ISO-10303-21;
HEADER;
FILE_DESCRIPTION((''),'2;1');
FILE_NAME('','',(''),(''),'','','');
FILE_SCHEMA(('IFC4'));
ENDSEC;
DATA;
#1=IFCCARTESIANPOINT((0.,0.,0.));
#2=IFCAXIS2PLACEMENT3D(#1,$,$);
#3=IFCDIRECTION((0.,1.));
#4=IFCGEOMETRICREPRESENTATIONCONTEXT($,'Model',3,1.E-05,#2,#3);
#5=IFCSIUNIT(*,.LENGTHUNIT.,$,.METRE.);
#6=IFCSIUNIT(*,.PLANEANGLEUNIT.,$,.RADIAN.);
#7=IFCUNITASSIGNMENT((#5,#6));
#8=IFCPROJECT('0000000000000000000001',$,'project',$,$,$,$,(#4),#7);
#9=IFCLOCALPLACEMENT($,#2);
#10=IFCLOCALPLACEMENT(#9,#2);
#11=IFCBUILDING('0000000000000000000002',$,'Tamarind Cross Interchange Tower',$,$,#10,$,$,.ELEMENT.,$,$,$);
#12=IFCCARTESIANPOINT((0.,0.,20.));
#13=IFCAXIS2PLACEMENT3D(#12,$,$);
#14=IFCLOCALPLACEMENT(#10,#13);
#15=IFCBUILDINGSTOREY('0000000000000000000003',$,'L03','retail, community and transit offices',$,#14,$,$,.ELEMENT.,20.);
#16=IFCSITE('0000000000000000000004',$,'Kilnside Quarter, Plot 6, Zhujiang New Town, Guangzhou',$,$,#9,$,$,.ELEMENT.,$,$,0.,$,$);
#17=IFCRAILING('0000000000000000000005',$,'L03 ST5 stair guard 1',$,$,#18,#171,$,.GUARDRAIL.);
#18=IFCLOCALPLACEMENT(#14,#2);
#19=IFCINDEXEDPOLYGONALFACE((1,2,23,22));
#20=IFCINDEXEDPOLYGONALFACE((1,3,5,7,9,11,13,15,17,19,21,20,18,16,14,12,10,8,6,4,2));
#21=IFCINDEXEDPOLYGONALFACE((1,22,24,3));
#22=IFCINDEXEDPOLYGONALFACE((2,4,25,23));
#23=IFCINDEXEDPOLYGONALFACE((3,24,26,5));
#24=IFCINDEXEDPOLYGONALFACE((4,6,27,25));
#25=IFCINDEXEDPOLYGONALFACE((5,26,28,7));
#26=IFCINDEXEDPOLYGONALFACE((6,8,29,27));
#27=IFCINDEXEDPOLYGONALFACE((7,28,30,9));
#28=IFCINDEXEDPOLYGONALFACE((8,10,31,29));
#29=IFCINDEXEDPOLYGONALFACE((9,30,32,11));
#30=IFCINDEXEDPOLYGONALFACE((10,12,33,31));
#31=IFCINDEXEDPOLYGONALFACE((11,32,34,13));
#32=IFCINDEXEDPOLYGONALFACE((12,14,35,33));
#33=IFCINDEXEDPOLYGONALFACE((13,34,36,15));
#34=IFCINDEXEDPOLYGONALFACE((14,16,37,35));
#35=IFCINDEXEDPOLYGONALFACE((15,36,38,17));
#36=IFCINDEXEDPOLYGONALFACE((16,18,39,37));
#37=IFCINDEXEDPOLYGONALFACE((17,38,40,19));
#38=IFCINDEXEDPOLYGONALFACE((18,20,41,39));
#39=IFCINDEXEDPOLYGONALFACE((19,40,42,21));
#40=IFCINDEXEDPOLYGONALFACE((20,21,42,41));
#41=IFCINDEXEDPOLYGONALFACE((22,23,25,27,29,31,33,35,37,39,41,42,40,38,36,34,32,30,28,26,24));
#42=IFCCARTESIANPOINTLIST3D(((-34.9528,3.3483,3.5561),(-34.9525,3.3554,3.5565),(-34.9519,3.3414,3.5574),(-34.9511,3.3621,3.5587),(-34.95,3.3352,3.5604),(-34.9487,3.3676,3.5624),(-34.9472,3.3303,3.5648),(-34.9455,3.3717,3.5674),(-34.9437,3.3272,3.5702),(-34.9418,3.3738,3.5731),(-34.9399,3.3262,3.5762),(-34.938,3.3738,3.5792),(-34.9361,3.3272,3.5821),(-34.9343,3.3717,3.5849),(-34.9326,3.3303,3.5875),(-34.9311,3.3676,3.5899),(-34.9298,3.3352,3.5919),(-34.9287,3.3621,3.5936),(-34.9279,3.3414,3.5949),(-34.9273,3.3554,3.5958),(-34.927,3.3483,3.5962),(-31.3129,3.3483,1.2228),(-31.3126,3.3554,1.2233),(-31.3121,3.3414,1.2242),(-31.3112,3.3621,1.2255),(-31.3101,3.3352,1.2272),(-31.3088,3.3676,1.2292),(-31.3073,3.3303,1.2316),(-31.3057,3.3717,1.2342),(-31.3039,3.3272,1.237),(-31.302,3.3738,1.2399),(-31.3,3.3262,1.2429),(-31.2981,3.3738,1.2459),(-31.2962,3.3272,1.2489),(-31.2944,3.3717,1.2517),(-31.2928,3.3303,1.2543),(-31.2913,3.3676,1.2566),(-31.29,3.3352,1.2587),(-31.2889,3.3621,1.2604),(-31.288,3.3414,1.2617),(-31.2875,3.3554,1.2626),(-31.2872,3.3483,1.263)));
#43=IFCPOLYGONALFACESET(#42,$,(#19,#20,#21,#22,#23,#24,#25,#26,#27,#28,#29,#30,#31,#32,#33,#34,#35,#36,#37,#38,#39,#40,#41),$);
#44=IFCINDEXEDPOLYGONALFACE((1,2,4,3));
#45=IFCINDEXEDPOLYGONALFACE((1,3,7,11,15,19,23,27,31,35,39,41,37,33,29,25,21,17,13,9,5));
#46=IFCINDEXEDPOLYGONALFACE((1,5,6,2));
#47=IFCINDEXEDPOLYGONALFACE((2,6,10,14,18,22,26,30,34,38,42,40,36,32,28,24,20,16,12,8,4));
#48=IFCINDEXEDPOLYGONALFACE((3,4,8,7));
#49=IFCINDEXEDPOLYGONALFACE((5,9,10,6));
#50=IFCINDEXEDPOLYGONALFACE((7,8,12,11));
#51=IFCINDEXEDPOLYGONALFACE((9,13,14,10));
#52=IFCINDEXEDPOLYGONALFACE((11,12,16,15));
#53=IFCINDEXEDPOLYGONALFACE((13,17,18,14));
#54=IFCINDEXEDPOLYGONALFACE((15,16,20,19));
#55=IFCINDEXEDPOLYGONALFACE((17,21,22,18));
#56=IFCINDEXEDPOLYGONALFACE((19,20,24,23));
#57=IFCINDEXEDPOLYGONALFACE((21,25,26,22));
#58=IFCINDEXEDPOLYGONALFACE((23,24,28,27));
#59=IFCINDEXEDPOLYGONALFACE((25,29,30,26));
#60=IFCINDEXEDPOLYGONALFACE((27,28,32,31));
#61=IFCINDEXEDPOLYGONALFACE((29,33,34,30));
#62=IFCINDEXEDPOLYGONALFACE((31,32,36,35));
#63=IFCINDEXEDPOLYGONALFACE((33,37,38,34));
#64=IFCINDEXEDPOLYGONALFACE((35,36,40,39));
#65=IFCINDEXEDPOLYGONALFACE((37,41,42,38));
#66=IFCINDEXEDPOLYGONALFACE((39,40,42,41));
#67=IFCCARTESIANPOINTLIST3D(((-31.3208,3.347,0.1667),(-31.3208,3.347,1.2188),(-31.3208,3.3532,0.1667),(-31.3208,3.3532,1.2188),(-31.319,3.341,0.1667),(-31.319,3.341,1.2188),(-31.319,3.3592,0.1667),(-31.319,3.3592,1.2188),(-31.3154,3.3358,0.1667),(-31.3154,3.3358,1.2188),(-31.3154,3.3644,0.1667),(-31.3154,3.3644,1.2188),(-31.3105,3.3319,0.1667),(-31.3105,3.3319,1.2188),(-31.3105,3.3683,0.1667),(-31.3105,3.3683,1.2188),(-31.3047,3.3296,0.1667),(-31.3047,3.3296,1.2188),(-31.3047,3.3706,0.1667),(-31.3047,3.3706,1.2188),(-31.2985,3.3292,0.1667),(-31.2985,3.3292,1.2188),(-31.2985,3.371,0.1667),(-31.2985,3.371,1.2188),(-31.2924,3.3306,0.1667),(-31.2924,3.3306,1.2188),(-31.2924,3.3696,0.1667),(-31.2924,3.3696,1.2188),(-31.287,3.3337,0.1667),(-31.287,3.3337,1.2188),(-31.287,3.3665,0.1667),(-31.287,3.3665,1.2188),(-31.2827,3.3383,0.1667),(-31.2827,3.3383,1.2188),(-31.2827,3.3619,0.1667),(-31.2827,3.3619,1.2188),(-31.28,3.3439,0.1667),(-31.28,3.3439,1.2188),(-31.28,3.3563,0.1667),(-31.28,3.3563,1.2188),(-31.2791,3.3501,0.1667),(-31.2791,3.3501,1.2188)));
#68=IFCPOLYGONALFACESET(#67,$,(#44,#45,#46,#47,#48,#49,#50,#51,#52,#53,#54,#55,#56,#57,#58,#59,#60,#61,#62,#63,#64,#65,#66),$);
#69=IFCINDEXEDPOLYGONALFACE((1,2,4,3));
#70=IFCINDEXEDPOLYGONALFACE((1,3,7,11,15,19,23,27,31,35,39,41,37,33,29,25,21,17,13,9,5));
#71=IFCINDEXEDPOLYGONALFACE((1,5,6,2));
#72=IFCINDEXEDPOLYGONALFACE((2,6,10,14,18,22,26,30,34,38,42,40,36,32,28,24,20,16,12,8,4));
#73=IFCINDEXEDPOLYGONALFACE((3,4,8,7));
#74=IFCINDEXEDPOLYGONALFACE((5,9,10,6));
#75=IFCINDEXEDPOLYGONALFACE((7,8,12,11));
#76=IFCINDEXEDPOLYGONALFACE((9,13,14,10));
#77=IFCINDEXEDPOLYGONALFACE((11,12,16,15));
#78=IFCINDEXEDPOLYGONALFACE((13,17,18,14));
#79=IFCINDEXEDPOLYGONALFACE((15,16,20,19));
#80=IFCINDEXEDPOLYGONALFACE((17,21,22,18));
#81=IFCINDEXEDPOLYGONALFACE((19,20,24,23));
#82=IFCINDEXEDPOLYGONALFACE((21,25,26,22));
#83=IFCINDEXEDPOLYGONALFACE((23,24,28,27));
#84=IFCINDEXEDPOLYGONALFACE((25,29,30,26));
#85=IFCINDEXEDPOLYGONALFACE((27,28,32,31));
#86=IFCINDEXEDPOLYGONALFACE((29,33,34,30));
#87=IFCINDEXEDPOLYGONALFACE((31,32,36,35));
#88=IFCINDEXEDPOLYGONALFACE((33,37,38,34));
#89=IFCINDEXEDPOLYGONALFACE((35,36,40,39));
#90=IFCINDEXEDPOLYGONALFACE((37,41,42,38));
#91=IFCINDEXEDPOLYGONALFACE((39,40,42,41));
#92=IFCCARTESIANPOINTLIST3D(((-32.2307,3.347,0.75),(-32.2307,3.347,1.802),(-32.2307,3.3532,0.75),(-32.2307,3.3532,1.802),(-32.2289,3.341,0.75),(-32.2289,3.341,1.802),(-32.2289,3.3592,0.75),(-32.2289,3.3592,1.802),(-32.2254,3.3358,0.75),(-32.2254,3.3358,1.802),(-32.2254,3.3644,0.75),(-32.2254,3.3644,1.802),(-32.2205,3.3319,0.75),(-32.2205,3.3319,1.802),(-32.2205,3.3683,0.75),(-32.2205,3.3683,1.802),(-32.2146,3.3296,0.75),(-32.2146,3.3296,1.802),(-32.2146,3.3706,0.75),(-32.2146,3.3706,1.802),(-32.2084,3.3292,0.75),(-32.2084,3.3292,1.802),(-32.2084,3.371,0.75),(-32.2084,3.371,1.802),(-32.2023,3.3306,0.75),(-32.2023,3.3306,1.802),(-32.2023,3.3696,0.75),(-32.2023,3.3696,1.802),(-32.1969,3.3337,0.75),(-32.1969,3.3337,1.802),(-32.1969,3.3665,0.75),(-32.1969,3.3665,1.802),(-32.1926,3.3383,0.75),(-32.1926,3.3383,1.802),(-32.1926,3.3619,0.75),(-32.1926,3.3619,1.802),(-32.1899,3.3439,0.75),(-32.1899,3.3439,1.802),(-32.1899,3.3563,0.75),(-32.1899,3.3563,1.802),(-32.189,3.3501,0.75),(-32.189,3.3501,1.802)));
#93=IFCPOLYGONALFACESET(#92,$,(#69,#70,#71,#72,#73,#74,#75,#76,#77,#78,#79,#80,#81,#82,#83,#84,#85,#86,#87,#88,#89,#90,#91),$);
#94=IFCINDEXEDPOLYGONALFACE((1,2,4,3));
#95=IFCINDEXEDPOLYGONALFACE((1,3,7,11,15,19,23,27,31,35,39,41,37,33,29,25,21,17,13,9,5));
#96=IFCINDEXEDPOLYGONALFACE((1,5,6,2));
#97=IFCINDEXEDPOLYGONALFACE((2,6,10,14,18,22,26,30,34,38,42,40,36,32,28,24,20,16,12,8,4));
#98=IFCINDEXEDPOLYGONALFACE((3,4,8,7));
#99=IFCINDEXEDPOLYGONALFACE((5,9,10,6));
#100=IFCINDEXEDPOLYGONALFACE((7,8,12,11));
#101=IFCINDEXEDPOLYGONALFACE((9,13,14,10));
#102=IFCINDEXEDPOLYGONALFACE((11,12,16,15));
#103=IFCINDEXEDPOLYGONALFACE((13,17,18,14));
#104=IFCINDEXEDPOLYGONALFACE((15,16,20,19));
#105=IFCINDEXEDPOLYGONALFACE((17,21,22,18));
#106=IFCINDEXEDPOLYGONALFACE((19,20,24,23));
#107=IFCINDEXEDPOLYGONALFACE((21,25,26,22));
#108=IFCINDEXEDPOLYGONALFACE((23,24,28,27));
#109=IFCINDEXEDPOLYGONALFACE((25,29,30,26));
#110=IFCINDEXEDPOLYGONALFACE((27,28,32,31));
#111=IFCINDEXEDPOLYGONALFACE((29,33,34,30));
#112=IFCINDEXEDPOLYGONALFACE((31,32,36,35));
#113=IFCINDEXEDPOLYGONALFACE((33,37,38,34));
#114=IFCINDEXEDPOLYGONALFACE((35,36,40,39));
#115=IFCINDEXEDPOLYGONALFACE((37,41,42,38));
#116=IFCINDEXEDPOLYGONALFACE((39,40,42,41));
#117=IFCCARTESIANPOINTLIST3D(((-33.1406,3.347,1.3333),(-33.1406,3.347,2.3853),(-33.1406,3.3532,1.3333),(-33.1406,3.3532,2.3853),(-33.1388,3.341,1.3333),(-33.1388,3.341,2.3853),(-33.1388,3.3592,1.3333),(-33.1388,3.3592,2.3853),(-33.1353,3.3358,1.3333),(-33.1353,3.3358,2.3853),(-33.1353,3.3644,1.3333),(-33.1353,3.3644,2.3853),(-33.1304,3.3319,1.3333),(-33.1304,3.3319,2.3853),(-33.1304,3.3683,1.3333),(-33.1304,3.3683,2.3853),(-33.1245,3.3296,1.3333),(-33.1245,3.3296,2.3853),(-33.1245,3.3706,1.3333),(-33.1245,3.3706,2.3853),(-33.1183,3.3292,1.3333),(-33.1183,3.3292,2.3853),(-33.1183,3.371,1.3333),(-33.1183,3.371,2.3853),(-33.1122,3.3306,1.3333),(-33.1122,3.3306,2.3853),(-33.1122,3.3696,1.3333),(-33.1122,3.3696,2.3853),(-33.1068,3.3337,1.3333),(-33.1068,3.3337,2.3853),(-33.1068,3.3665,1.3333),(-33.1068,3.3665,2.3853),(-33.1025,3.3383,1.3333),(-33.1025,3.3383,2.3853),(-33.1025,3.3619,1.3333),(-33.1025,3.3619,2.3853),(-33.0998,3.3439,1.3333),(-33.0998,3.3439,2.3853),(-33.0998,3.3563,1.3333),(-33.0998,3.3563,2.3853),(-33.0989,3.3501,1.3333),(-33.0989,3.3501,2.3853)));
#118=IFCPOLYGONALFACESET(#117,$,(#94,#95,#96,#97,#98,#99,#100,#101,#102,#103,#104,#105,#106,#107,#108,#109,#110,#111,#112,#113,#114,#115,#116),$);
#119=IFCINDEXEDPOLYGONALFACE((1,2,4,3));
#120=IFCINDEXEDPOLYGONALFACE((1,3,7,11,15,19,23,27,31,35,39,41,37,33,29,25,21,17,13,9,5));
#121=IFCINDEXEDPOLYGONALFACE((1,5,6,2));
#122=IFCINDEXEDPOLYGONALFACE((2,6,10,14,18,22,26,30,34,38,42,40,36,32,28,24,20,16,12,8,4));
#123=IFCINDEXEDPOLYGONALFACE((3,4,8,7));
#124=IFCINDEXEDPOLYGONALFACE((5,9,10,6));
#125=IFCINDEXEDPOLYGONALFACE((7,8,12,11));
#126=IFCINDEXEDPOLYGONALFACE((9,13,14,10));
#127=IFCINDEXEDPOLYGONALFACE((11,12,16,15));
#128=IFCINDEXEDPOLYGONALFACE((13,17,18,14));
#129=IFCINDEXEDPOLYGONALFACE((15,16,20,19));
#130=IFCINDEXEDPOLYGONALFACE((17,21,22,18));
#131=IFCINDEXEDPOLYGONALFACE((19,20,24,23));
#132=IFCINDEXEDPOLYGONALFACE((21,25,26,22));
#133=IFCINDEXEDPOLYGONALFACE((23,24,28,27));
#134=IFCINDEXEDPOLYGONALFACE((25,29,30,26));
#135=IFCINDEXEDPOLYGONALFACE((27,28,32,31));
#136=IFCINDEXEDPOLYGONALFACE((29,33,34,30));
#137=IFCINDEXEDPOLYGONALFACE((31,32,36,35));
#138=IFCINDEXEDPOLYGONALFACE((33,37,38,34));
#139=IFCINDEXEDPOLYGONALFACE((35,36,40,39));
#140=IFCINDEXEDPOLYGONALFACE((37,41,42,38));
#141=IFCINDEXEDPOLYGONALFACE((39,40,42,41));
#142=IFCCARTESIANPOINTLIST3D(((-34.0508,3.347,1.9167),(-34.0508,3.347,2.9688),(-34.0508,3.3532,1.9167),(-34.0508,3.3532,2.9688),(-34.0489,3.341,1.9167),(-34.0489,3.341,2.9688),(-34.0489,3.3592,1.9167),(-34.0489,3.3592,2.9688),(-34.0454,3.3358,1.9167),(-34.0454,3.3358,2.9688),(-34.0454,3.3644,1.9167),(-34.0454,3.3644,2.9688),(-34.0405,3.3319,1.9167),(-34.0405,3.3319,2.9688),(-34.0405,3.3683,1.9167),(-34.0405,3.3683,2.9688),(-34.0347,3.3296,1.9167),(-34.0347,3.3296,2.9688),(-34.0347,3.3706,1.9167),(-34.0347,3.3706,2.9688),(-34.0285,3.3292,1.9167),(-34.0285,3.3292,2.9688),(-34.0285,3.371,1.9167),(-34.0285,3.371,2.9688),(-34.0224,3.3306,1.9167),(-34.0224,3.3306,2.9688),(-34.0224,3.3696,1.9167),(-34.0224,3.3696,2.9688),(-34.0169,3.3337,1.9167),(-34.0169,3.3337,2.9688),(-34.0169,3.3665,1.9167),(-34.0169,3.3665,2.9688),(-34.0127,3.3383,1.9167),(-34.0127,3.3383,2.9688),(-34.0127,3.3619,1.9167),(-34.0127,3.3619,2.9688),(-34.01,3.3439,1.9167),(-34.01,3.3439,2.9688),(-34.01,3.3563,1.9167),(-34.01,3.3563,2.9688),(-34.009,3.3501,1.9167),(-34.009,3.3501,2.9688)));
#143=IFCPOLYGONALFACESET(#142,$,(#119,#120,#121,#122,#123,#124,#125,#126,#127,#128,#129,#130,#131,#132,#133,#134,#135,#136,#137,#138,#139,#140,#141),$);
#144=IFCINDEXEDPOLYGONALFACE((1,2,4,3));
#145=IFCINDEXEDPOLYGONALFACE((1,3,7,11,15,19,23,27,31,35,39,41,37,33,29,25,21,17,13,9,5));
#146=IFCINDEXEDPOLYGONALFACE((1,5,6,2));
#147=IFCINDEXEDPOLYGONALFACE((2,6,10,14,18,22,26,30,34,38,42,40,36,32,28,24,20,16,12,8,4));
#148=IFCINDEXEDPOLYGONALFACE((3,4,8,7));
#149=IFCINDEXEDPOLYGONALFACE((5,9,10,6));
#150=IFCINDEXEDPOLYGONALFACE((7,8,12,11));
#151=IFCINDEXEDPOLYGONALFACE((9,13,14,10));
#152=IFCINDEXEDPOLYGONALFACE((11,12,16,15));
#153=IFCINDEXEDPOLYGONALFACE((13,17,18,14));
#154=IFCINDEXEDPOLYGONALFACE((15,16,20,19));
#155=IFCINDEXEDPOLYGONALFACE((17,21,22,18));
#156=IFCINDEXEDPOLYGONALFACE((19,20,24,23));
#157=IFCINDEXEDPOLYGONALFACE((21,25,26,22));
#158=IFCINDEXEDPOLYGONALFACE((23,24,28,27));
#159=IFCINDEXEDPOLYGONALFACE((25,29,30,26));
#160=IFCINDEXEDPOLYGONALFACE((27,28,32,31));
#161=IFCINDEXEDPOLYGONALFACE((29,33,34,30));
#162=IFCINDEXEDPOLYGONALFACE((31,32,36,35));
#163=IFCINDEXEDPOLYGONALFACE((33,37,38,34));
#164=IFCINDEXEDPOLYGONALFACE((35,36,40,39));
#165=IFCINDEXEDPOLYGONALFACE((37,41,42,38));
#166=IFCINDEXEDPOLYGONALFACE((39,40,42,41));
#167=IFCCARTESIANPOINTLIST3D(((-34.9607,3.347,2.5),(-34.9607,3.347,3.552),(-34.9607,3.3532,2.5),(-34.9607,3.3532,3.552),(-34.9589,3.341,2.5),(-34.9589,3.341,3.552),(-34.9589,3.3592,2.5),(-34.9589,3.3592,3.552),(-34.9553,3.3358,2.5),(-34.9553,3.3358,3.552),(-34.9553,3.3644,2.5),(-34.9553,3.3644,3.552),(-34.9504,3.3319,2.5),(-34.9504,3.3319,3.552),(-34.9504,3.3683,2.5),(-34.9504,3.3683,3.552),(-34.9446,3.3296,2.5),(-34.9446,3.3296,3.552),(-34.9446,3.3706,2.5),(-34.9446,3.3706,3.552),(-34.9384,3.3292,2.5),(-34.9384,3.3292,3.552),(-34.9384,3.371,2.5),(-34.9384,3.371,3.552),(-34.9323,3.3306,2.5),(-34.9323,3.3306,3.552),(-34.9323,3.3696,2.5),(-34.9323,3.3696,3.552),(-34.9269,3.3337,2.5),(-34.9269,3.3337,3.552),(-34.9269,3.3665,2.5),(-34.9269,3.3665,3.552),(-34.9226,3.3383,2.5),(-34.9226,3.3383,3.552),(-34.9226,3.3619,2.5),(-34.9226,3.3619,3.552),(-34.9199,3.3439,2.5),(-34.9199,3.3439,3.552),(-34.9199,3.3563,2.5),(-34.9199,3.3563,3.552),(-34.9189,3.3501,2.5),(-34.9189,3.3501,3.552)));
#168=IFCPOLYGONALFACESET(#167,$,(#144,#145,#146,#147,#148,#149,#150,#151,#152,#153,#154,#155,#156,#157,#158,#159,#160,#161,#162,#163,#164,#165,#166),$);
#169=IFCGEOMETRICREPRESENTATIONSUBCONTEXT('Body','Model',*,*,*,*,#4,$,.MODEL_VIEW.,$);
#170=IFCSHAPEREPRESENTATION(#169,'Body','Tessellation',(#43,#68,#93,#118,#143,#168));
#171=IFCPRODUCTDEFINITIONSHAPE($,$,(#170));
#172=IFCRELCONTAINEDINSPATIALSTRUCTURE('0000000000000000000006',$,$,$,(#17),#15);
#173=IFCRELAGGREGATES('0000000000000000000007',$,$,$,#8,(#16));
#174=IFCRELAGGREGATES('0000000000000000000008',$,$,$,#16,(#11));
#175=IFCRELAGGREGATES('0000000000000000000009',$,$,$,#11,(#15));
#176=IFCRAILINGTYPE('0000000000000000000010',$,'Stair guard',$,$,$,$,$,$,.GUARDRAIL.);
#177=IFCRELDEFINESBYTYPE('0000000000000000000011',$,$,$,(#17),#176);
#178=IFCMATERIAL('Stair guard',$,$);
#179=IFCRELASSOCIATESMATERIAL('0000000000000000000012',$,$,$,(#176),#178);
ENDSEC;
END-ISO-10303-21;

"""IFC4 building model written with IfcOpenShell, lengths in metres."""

from ifc_helpers import new_model, si_unit, direction, frame, origin, origin_2d, place, context, subcontext, project, spatial, circle, extrude, material, type_object, element, save


model = new_model("IFC4")

# Units and contexts
model_context = context("Model", 3, precision=1e-05, world=origin(), true_north=direction((0.0, 1.0)))
body_context = subcontext(model_context, "Body", "Model", "MODEL_VIEW")
ifc_project = project(units=[si_unit("LENGTHUNIT", "METRE"), si_unit("PLANEANGLEUNIT", "RADIAN")], contexts=[model_context])

# Site, building, storey
site_placement = place(None, origin())
site = spatial("IfcSite", under=ifc_project, at=site_placement, Name="Kilnside Quarter, Plot 6, Zhujiang New Town, Guangzhou", CompositionType="ELEMENT", RefElevation=0.0)
building_placement = place(site_placement, origin())
building = spatial("IfcBuilding", under=site, at=building_placement, Name="Tamarind Cross Interchange Tower", CompositionType="ELEMENT")
storey_placement = place(building_placement, frame((0.0, 0.0, 20.0)))
storey = spatial("IfcBuildingStorey", under=building, at=storey_placement, Name="L03", Description="retail, community and transit offices", CompositionType="ELEMENT", Elevation=20.0)

# Railing
ifc_material_1 = material(Name="Stair guard")
railing_type_1 = type_object("IfcRailingType", Name="Stair guard", PredefinedType="GUARDRAIL", material=ifc_material_1)
railing_1_placement = place(storey_placement, frame((-31.3, 3.3501, 0.1667)))
element("IfcRailing", 1, at=railing_1_placement, inside=storey, type_object=railing_type_1, Name="L03 ST5 stair guard 1", PredefinedType="GUARDRAIL", context=body_context, shape_type="SweptSolid", body=[
    extrude(circle(Radius=0.0239, at=origin_2d()), frame((0.0, 0.0, 1.0762), z_axis=(-0.84188, 0.0, 0.539664), x_axis=(0.0, -1.0, 0.0)), (0.0, 0.0, 1.0), 4.3235),
    extrude(circle(Radius=0.021, at=origin_2d()), origin(), (0.0, 0.0, 1.0), 1.052),
    extrude(circle(Radius=0.021, at=origin_2d()), frame((-0.9099, 0.0, 0.5833)), (0.0, 0.0, 1.0), 1.052),
    extrude(circle(Radius=0.021, at=origin_2d()), frame((-1.8198, 0.0, 1.1665)), (0.0, 0.0, 1.0), 1.052),
    extrude(circle(Radius=0.021, at=origin_2d()), frame((-2.73, 0.0, 1.75)), (0.0, 0.0, 1.0), 1.052),
    extrude(circle(Radius=0.021, at=origin_2d()), frame((-3.6399, 0.0, 2.3333)), (0.0, 0.0, 1.0), 1.052),
])

save(model, "model.ifc")
